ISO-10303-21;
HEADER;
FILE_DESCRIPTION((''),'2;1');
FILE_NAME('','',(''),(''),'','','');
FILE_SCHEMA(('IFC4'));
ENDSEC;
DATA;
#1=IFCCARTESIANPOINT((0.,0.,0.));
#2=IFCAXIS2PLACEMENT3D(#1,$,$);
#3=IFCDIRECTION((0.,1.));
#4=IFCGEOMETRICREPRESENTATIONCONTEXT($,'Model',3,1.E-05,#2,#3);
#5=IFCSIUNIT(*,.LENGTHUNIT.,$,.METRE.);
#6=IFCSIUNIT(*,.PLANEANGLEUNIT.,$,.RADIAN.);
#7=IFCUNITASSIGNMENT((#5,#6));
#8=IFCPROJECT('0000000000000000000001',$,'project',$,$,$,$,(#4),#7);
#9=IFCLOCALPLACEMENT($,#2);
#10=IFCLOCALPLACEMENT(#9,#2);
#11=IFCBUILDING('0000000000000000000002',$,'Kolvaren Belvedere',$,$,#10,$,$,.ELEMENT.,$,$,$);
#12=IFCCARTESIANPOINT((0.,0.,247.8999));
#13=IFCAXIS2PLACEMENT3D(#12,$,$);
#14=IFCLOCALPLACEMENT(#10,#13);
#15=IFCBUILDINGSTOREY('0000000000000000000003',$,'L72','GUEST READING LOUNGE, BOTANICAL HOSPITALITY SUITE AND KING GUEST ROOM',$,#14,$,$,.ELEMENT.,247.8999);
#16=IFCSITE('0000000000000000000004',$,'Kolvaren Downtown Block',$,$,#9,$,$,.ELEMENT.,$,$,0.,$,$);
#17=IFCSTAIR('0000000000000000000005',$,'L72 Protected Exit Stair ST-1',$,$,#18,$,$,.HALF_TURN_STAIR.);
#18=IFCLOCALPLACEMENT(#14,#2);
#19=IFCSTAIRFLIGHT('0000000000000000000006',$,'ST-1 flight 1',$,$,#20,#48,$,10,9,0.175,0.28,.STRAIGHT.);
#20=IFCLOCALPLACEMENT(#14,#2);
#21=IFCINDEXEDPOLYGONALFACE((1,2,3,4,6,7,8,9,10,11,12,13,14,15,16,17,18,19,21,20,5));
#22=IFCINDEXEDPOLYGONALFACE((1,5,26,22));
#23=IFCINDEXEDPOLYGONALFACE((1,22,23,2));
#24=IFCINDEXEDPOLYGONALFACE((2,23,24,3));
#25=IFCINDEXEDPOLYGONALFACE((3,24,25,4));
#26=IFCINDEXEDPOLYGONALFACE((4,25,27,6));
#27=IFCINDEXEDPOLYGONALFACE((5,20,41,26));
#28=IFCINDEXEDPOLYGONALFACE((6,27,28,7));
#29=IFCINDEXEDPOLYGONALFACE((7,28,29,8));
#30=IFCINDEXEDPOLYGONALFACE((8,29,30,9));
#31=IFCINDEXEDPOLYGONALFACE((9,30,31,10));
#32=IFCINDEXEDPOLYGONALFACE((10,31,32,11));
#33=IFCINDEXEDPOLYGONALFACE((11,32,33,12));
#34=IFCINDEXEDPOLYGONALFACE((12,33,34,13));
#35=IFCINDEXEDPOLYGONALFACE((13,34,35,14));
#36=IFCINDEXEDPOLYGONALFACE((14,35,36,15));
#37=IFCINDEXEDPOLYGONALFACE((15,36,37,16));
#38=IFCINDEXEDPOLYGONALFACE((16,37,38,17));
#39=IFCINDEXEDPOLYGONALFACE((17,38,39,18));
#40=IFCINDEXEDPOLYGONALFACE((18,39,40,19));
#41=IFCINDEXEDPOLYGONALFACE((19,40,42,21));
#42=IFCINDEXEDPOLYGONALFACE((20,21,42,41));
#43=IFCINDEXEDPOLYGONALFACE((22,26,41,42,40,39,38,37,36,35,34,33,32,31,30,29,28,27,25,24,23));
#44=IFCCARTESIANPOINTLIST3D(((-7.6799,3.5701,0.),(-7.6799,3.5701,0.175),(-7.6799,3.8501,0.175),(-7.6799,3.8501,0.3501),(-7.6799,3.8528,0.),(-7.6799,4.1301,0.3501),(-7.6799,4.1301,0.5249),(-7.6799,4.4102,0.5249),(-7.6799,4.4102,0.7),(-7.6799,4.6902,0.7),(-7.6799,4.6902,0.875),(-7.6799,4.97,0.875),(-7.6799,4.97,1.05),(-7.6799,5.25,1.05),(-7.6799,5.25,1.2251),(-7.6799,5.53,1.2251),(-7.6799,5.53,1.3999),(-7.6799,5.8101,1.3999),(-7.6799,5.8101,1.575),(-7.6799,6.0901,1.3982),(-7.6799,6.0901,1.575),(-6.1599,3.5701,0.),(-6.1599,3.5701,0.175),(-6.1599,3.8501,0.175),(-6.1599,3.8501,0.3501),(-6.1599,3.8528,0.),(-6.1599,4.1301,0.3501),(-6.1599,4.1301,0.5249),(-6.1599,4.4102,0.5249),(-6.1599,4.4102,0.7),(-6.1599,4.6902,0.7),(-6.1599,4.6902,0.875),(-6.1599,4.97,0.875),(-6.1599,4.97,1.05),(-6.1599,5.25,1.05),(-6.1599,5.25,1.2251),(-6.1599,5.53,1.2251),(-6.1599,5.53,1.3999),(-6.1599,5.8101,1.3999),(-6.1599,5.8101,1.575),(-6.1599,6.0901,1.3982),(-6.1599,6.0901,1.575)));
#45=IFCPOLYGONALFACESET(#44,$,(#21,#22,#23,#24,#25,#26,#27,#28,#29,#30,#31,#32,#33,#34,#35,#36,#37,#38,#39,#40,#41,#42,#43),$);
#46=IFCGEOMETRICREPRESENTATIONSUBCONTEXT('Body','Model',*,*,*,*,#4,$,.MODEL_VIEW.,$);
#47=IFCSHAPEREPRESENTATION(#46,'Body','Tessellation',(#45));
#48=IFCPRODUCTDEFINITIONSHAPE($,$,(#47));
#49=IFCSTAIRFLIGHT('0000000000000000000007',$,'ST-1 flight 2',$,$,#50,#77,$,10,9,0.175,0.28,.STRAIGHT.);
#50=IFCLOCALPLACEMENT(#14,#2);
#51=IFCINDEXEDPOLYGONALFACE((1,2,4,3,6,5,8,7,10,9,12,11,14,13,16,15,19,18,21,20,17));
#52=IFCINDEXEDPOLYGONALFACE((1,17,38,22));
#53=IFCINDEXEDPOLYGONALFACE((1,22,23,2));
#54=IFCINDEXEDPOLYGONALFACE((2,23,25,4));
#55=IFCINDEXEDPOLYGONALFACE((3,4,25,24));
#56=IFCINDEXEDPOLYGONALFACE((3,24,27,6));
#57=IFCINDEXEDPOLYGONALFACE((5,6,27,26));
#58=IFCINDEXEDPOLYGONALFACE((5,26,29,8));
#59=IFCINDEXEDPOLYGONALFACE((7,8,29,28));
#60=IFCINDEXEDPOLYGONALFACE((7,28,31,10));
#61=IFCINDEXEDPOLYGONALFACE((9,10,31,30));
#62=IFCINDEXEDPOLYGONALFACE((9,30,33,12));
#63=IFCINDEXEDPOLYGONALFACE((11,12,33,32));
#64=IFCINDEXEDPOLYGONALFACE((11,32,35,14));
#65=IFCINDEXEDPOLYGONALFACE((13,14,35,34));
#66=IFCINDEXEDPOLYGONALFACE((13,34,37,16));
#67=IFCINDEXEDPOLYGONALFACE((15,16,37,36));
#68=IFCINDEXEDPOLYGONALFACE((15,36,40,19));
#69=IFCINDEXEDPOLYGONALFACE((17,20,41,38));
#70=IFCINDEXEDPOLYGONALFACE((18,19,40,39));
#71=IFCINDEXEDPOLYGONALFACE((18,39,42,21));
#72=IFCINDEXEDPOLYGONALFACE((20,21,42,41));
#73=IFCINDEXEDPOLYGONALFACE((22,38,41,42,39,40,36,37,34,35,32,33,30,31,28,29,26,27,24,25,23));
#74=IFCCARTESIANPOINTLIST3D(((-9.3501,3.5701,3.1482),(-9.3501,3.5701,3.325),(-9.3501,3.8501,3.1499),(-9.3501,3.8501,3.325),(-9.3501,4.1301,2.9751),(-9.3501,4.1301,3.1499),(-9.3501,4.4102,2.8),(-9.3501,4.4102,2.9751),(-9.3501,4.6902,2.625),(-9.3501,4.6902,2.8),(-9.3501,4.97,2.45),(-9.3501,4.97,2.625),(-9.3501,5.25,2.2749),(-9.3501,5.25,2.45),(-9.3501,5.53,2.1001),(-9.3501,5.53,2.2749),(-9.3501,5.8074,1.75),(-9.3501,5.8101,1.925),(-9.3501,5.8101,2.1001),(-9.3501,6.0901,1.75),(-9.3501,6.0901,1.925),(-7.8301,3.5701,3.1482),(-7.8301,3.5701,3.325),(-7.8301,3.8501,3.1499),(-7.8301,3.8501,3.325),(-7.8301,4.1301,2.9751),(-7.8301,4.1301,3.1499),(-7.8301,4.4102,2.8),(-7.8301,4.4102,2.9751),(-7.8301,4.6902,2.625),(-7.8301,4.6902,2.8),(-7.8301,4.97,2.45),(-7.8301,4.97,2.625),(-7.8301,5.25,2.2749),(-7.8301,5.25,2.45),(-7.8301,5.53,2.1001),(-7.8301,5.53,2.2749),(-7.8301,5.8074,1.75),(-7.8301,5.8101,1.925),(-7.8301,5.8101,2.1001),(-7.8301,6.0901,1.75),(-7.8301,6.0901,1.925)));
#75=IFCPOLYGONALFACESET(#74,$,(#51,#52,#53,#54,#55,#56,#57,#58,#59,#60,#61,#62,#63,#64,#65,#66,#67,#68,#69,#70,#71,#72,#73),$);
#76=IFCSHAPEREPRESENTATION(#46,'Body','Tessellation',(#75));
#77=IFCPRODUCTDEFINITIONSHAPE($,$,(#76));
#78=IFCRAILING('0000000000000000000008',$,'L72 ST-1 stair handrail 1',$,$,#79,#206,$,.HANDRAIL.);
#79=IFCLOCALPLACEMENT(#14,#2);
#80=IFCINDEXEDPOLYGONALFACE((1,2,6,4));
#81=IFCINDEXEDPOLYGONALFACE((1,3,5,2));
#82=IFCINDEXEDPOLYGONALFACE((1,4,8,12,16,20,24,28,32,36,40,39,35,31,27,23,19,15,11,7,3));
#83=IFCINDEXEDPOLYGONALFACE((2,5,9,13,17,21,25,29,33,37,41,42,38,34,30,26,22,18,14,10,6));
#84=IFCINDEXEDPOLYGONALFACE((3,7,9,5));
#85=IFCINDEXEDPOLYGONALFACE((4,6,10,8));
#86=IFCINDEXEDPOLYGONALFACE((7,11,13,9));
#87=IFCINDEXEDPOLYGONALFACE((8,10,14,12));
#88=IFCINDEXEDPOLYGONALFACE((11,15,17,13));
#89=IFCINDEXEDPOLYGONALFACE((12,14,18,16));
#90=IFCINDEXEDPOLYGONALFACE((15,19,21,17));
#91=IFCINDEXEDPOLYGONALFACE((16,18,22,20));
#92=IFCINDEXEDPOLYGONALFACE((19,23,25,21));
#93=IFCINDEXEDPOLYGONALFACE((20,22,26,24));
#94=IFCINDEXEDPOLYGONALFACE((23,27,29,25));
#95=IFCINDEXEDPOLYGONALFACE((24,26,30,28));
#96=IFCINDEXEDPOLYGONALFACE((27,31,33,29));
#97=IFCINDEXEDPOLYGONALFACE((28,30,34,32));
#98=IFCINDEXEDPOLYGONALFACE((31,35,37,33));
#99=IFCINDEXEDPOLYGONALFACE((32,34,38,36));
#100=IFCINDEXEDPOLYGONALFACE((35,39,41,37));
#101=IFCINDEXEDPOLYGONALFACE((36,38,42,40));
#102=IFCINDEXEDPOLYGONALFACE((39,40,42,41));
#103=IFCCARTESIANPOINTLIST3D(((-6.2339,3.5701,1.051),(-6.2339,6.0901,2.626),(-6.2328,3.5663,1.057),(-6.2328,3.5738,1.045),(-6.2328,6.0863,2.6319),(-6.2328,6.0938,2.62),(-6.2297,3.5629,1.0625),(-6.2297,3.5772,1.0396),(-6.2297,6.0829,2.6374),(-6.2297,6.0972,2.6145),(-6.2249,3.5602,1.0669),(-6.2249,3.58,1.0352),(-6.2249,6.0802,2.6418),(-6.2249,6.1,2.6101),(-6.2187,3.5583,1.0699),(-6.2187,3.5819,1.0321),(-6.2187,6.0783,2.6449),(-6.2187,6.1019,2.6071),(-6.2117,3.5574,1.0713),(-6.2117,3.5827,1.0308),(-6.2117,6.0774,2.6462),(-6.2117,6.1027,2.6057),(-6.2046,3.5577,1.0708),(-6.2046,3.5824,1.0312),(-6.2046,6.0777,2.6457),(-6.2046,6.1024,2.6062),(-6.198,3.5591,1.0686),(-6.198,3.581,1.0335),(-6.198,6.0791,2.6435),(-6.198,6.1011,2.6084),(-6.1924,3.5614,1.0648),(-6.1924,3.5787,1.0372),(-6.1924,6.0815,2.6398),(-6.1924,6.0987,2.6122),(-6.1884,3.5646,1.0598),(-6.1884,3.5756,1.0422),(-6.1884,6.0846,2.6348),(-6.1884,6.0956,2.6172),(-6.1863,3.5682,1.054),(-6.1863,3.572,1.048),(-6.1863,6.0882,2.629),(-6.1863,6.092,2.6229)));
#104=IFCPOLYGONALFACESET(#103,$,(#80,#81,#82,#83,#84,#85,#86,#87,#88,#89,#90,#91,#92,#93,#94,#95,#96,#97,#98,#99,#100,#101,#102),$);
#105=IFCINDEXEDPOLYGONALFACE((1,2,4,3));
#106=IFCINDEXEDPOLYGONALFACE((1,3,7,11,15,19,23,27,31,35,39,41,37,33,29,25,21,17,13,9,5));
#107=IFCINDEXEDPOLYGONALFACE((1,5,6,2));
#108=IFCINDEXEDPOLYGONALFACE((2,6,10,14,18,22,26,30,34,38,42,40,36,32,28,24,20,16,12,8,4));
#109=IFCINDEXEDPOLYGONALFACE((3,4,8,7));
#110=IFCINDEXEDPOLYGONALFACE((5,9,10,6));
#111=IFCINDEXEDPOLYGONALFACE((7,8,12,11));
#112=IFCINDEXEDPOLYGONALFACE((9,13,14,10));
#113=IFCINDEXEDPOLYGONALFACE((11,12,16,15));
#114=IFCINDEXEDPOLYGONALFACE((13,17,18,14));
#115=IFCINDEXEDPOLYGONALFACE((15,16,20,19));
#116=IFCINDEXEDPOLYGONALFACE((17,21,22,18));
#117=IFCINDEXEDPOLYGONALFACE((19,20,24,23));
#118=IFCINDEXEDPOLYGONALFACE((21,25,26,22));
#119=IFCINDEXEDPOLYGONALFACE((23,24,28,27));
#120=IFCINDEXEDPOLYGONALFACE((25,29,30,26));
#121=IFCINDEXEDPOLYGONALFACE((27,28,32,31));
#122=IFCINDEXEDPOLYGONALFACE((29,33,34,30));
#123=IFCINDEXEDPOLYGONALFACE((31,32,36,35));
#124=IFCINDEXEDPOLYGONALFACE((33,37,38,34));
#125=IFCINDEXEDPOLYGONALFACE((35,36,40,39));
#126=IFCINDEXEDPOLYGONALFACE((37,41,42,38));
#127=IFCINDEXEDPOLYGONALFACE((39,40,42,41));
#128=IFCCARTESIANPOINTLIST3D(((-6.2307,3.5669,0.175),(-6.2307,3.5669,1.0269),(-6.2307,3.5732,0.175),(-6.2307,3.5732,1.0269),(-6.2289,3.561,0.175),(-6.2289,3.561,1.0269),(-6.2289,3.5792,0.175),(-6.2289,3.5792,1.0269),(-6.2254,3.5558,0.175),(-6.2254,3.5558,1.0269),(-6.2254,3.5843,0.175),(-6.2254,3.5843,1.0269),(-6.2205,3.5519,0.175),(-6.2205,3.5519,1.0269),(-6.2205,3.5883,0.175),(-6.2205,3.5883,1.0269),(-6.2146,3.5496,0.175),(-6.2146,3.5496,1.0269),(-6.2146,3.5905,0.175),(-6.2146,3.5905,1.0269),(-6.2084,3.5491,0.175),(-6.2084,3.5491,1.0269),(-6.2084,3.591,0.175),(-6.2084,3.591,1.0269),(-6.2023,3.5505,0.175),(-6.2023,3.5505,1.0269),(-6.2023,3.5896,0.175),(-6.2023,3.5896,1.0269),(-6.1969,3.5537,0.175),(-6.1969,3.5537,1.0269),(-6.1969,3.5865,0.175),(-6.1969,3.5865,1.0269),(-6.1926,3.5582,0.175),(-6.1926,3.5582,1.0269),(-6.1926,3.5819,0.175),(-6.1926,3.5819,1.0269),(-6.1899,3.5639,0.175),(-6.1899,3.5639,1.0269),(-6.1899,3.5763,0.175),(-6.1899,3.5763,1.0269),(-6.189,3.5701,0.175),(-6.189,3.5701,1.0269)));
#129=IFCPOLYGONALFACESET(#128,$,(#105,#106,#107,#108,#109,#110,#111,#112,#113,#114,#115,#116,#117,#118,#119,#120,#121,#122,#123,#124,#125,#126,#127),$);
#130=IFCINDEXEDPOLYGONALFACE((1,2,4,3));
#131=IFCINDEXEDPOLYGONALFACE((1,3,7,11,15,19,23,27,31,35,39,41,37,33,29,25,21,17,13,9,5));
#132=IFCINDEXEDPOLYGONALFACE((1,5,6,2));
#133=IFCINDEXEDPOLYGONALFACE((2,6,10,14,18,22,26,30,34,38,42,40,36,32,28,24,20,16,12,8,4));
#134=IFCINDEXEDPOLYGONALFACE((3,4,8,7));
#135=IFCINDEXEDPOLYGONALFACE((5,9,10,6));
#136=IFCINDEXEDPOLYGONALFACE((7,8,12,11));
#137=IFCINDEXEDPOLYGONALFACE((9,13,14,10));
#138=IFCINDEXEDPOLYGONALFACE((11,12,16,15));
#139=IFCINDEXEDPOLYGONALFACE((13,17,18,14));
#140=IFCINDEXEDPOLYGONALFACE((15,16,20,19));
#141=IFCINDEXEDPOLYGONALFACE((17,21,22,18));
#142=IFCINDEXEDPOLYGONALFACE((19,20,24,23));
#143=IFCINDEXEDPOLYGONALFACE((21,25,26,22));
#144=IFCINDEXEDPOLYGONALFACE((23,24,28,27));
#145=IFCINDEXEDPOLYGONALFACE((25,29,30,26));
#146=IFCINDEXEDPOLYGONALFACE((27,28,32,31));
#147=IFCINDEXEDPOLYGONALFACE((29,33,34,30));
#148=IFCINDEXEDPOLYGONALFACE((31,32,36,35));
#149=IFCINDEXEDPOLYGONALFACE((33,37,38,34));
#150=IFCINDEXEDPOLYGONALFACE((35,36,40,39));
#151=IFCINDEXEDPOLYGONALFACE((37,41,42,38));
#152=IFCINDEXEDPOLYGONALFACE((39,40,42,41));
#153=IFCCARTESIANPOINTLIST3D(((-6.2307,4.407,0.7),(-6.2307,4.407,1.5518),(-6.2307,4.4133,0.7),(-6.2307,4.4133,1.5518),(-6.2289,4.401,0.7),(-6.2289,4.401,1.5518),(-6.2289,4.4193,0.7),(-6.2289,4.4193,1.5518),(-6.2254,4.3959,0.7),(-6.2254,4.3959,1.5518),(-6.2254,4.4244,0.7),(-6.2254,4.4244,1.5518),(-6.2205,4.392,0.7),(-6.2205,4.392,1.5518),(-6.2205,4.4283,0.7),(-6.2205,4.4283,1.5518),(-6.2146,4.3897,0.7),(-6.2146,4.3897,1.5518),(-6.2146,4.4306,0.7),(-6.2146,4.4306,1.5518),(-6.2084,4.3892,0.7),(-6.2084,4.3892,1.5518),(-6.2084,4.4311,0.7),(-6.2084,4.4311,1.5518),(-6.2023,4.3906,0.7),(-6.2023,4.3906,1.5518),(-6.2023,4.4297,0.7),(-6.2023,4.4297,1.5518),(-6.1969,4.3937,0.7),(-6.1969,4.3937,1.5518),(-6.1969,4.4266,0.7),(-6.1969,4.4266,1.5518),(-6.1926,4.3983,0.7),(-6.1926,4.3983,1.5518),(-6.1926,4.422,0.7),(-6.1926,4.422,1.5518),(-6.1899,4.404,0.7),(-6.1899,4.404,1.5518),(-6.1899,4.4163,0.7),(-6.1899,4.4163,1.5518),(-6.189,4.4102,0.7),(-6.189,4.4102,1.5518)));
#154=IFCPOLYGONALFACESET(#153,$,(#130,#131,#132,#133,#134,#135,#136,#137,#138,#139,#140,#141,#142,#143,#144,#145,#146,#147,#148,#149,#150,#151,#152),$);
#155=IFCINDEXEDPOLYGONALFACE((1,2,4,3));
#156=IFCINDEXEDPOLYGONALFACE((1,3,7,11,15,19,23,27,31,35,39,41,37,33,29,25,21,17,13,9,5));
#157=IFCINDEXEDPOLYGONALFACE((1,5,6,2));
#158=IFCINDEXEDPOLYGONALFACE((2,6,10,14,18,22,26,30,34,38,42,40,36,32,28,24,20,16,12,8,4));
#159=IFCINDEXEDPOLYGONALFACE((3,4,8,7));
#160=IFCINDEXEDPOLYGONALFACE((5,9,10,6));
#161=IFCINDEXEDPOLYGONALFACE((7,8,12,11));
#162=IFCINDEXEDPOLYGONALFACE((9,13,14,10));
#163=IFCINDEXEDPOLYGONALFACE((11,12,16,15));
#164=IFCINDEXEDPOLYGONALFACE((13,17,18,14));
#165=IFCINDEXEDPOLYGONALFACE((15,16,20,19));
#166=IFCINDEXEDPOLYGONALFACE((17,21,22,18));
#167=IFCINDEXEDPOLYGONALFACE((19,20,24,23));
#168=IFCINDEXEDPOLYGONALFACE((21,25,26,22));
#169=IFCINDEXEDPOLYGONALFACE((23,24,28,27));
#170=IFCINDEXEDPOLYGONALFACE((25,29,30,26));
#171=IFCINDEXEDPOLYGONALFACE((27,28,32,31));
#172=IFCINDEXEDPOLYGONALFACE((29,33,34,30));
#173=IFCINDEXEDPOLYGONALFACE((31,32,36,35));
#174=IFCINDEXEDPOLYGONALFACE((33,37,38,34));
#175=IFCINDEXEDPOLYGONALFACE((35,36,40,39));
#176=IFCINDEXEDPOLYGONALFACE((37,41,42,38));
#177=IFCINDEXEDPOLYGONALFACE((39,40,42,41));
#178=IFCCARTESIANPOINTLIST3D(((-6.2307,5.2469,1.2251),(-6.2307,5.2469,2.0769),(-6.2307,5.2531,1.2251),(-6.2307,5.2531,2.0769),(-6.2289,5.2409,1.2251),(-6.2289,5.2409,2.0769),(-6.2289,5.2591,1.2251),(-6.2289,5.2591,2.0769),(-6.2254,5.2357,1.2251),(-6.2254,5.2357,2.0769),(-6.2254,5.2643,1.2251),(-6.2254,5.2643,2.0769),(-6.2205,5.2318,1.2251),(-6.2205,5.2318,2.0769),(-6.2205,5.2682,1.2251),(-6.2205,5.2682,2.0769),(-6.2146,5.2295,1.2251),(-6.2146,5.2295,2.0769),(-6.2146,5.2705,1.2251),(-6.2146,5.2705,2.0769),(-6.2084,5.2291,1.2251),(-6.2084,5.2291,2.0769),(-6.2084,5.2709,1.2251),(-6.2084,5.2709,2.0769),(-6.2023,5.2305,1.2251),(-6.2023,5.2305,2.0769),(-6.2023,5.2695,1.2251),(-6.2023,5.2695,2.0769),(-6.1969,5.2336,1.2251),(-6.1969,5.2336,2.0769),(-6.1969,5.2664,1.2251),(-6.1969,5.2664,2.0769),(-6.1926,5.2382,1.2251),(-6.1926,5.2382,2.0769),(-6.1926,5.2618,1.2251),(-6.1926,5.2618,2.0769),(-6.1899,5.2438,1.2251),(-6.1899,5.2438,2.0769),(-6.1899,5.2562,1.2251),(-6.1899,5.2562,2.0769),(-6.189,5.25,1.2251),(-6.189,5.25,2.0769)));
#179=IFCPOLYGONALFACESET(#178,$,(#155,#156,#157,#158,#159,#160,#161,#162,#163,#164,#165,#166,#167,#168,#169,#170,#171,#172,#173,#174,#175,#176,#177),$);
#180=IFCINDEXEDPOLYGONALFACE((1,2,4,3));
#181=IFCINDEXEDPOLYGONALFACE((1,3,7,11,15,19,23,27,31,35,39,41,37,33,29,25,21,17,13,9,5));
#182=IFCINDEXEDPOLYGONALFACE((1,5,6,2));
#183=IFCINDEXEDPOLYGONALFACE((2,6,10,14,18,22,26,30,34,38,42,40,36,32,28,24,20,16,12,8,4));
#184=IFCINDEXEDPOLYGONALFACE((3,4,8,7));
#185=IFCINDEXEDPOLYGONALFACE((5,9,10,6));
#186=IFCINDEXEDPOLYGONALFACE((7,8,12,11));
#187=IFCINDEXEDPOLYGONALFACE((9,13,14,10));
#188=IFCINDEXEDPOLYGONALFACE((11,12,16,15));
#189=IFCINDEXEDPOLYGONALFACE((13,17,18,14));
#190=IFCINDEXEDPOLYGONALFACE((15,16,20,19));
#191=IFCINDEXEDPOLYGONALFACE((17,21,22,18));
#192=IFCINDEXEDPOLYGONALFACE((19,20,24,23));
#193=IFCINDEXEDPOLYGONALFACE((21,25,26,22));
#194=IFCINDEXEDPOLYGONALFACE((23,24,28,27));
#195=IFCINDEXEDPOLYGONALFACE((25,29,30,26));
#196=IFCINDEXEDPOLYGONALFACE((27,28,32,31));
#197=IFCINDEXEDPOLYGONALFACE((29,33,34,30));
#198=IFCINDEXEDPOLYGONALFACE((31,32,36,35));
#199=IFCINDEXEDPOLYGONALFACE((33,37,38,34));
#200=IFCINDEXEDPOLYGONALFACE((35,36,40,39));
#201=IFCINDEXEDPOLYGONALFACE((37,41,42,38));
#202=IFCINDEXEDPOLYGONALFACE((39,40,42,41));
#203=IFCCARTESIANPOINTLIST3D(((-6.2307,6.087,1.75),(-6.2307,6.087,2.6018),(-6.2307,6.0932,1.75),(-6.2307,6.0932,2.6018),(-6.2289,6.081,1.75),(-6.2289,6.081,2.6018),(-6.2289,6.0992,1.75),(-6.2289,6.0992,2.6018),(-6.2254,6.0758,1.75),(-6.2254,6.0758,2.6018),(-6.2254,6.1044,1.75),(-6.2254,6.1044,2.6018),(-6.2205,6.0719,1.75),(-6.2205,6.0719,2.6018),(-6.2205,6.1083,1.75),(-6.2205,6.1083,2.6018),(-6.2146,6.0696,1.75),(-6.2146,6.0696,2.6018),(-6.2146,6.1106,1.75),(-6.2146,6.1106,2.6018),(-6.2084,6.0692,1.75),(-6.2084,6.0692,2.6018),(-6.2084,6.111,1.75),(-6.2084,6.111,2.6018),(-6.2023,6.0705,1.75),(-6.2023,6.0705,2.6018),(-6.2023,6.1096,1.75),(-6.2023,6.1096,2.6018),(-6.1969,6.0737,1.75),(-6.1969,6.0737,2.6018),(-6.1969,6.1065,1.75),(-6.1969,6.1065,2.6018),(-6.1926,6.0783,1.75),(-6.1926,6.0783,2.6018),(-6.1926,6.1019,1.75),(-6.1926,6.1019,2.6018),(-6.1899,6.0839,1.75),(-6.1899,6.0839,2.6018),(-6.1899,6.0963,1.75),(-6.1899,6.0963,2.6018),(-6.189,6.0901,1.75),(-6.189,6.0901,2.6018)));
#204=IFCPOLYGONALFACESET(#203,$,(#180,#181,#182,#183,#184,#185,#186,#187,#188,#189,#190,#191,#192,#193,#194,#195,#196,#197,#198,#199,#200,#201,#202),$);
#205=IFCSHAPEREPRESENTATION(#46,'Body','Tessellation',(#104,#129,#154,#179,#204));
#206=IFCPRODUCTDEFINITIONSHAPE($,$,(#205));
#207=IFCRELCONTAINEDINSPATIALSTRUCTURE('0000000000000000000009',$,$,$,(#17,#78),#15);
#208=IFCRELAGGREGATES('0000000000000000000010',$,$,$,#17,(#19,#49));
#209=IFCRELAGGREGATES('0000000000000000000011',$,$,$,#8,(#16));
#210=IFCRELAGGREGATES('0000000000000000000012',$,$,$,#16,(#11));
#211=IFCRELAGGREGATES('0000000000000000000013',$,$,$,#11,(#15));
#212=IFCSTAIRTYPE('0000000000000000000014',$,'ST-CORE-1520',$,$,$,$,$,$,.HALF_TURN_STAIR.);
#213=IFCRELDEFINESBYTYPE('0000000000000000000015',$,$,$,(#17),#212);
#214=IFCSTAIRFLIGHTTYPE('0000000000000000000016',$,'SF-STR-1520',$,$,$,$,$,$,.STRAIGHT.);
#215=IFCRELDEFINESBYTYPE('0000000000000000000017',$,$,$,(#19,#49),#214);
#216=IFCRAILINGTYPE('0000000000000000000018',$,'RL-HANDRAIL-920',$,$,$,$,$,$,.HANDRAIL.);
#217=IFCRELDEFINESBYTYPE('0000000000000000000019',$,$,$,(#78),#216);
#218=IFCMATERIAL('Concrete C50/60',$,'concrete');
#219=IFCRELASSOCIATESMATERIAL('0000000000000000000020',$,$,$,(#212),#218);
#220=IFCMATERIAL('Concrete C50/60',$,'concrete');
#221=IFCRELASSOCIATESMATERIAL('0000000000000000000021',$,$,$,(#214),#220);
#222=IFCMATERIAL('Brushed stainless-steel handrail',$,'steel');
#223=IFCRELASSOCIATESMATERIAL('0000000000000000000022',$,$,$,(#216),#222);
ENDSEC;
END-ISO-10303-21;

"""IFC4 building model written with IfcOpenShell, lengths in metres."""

from ifc_helpers import new_model, si_unit, direction, frame, origin, origin_2d, place, context, subcontext, project, spatial, polyline, circle, outline, extrude, material, type_object, element, aggregate, save


model = new_model("IFC4")

# Units and contexts
model_context = context("Model", 3, precision=1e-05, world=origin(), true_north=direction((0.0, 1.0)))
body_context = subcontext(model_context, "Body", "Model", "MODEL_VIEW")
ifc_project = project(units=[si_unit("LENGTHUNIT", "METRE"), si_unit("PLANEANGLEUNIT", "RADIAN")], contexts=[model_context])

# Site, building, storey
site_placement = place(None, origin())
site = spatial("IfcSite", under=ifc_project, at=site_placement, Name="Kolvaren Downtown Block", CompositionType="ELEMENT", RefElevation=0.0)
building_placement = place(site_placement, origin())
building = spatial("IfcBuilding", under=site, at=building_placement, Name="Kolvaren Belvedere", CompositionType="ELEMENT")
storey_placement = place(building_placement, frame((0.0, 0.0, 247.8999)))
storey = spatial("IfcBuildingStorey", under=building, at=storey_placement, Name="L72", Description="GUEST READING LOUNGE, BOTANICAL HOSPITALITY SUITE AND KING GUEST ROOM", CompositionType="ELEMENT", Elevation=247.8999)

# Stair
ifc_material_1 = material(Name="Concrete C50/60", Category="concrete")
stair_type = type_object("IfcStairType", Name="ST-CORE-1520", PredefinedType="HALF_TURN_STAIR", material=ifc_material_1)
stair_1_placement = place(storey_placement, origin())
stair_1 = element("IfcStair", 1, at=stair_1_placement, inside=storey, type_object=stair_type, Name="L72 Protected Exit Stair ST-1", PredefinedType="HALF_TURN_STAIR")

# Stair flights
ifc_material_2 = material(Name="Concrete C50/60", Category="concrete")
stair_flight_type = type_object("IfcStairFlightType", Name="SF-STR-1520", PredefinedType="STRAIGHT", material=ifc_material_2)
stair_flight_1_placement = place(storey_placement, frame((-6.9199, 3.5701, 0.0), z_axis=(0.0, 0.0, 1.0), x_axis=(0.0, 1.0, 0.0)))
stair_flight_1 = element("IfcStairFlight", 2, at=stair_flight_1_placement, type_object=stair_flight_type, Name="ST-1 flight 1", NumberOfRisers=10, NumberOfTreads=9, PredefinedType="STRAIGHT", RiserHeight=0.175, TreadLength=0.28, context=body_context, shape_type="SweptSolid", body=[
    extrude(outline(polyline([(0.0, 0.0), (0.0, 0.175), (0.28, 0.175), (0.28, 0.3501), (0.5601, 0.3501), (0.5601, 0.5249), (0.8401, 0.5249), (0.8401, 0.7), (1.1201, 0.7), (1.1201, 0.875), (1.3999, 0.875), (1.3999, 1.05), (1.6799, 1.05), (1.6799, 1.2251), (1.96, 1.2251), (1.96, 1.3999), (2.24, 1.3999), (2.24, 1.575), (2.52, 1.575), (2.52, 1.75), (2.52, 1.3982), (0.2827, 0.0), (0.0, 0.0)])), frame((0.0, 0.76, 0.0), z_axis=(0.0, -1.0, 0.0), x_axis=(1.0, 0.0, 0.0)), (0.0, 0.0, 1.0), 1.52),
])
stair_flight_2_placement = place(storey_placement, frame((-8.5901, 6.0901, 1.75), z_axis=(0.0, 0.0, 1.0), x_axis=(0.0, -1.0, 0.0)))
stair_flight_2 = element("IfcStairFlight", 3, at=stair_flight_2_placement, type_object=stair_flight_type, Name="ST-1 flight 2", NumberOfRisers=10, NumberOfTreads=9, PredefinedType="STRAIGHT", RiserHeight=0.175, TreadLength=0.28, context=body_context, shape_type="SweptSolid", body=[
    extrude(outline(polyline([(0.0, 0.0), (0.0, 0.175), (0.28, 0.175), (0.28, 0.3501), (0.5601, 0.3501), (0.5601, 0.5249), (0.8401, 0.5249), (0.8401, 0.7), (1.1201, 0.7), (1.1201, 0.875), (1.3999, 0.875), (1.3999, 1.05), (1.6799, 1.05), (1.6799, 1.2251), (1.96, 1.2251), (1.96, 1.3999), (2.24, 1.3999), (2.24, 1.575), (2.52, 1.575), (2.52, 1.75), (2.52, 1.3982), (0.2827, 0.0), (0.0, 0.0)])), frame((0.0, 0.76, 0.0), z_axis=(0.0, -1.0, 0.0), x_axis=(1.0, 0.0, 0.0)), (0.0, 0.0, 1.0), 1.52),
])
aggregate(stair_1, [stair_flight_1, stair_flight_2])

# Railing
ifc_material_3 = material(Name="Brushed stainless-steel handrail", Category="steel")
railing_type_1 = type_object("IfcRailingType", Name="RL-HANDRAIL-920", PredefinedType="HANDRAIL", material=ifc_material_3)
railing_1_placement = place(storey_placement, frame((-6.21, 3.5701, 0.175)))
element("IfcRailing", 4, at=railing_1_placement, inside=storey, type_object=railing_type_1, Name="L72 ST-1 stair handrail 1", PredefinedType="HANDRAIL", context=body_context, shape_type="SweptSolid", body=[
    extrude(circle(Radius=0.0239, at=origin_2d()), frame((0.0, 0.0, 0.876), z_axis=(0.0, 0.848008, 0.529984), x_axis=(-1.0, 0.0, 0.0)), (0.0, 0.0, 1.0), 2.9717),
    extrude(circle(Radius=0.021, at=origin_2d()), origin(), (0.0, 0.0, 1.0), 0.8518),
    extrude(circle(Radius=0.021, at=origin_2d()), frame((0.0, 0.8401, 0.5249)), (0.0, 0.0, 1.0), 0.8518),
    extrude(circle(Radius=0.021, at=origin_2d()), frame((0.0, 1.6799, 1.05)), (0.0, 0.0, 1.0), 0.8518),
    extrude(circle(Radius=0.021, at=origin_2d()), frame((0.0, 2.52, 1.575)), (0.0, 0.0, 1.0), 0.8518),
])

save(model, "model.ifc")
